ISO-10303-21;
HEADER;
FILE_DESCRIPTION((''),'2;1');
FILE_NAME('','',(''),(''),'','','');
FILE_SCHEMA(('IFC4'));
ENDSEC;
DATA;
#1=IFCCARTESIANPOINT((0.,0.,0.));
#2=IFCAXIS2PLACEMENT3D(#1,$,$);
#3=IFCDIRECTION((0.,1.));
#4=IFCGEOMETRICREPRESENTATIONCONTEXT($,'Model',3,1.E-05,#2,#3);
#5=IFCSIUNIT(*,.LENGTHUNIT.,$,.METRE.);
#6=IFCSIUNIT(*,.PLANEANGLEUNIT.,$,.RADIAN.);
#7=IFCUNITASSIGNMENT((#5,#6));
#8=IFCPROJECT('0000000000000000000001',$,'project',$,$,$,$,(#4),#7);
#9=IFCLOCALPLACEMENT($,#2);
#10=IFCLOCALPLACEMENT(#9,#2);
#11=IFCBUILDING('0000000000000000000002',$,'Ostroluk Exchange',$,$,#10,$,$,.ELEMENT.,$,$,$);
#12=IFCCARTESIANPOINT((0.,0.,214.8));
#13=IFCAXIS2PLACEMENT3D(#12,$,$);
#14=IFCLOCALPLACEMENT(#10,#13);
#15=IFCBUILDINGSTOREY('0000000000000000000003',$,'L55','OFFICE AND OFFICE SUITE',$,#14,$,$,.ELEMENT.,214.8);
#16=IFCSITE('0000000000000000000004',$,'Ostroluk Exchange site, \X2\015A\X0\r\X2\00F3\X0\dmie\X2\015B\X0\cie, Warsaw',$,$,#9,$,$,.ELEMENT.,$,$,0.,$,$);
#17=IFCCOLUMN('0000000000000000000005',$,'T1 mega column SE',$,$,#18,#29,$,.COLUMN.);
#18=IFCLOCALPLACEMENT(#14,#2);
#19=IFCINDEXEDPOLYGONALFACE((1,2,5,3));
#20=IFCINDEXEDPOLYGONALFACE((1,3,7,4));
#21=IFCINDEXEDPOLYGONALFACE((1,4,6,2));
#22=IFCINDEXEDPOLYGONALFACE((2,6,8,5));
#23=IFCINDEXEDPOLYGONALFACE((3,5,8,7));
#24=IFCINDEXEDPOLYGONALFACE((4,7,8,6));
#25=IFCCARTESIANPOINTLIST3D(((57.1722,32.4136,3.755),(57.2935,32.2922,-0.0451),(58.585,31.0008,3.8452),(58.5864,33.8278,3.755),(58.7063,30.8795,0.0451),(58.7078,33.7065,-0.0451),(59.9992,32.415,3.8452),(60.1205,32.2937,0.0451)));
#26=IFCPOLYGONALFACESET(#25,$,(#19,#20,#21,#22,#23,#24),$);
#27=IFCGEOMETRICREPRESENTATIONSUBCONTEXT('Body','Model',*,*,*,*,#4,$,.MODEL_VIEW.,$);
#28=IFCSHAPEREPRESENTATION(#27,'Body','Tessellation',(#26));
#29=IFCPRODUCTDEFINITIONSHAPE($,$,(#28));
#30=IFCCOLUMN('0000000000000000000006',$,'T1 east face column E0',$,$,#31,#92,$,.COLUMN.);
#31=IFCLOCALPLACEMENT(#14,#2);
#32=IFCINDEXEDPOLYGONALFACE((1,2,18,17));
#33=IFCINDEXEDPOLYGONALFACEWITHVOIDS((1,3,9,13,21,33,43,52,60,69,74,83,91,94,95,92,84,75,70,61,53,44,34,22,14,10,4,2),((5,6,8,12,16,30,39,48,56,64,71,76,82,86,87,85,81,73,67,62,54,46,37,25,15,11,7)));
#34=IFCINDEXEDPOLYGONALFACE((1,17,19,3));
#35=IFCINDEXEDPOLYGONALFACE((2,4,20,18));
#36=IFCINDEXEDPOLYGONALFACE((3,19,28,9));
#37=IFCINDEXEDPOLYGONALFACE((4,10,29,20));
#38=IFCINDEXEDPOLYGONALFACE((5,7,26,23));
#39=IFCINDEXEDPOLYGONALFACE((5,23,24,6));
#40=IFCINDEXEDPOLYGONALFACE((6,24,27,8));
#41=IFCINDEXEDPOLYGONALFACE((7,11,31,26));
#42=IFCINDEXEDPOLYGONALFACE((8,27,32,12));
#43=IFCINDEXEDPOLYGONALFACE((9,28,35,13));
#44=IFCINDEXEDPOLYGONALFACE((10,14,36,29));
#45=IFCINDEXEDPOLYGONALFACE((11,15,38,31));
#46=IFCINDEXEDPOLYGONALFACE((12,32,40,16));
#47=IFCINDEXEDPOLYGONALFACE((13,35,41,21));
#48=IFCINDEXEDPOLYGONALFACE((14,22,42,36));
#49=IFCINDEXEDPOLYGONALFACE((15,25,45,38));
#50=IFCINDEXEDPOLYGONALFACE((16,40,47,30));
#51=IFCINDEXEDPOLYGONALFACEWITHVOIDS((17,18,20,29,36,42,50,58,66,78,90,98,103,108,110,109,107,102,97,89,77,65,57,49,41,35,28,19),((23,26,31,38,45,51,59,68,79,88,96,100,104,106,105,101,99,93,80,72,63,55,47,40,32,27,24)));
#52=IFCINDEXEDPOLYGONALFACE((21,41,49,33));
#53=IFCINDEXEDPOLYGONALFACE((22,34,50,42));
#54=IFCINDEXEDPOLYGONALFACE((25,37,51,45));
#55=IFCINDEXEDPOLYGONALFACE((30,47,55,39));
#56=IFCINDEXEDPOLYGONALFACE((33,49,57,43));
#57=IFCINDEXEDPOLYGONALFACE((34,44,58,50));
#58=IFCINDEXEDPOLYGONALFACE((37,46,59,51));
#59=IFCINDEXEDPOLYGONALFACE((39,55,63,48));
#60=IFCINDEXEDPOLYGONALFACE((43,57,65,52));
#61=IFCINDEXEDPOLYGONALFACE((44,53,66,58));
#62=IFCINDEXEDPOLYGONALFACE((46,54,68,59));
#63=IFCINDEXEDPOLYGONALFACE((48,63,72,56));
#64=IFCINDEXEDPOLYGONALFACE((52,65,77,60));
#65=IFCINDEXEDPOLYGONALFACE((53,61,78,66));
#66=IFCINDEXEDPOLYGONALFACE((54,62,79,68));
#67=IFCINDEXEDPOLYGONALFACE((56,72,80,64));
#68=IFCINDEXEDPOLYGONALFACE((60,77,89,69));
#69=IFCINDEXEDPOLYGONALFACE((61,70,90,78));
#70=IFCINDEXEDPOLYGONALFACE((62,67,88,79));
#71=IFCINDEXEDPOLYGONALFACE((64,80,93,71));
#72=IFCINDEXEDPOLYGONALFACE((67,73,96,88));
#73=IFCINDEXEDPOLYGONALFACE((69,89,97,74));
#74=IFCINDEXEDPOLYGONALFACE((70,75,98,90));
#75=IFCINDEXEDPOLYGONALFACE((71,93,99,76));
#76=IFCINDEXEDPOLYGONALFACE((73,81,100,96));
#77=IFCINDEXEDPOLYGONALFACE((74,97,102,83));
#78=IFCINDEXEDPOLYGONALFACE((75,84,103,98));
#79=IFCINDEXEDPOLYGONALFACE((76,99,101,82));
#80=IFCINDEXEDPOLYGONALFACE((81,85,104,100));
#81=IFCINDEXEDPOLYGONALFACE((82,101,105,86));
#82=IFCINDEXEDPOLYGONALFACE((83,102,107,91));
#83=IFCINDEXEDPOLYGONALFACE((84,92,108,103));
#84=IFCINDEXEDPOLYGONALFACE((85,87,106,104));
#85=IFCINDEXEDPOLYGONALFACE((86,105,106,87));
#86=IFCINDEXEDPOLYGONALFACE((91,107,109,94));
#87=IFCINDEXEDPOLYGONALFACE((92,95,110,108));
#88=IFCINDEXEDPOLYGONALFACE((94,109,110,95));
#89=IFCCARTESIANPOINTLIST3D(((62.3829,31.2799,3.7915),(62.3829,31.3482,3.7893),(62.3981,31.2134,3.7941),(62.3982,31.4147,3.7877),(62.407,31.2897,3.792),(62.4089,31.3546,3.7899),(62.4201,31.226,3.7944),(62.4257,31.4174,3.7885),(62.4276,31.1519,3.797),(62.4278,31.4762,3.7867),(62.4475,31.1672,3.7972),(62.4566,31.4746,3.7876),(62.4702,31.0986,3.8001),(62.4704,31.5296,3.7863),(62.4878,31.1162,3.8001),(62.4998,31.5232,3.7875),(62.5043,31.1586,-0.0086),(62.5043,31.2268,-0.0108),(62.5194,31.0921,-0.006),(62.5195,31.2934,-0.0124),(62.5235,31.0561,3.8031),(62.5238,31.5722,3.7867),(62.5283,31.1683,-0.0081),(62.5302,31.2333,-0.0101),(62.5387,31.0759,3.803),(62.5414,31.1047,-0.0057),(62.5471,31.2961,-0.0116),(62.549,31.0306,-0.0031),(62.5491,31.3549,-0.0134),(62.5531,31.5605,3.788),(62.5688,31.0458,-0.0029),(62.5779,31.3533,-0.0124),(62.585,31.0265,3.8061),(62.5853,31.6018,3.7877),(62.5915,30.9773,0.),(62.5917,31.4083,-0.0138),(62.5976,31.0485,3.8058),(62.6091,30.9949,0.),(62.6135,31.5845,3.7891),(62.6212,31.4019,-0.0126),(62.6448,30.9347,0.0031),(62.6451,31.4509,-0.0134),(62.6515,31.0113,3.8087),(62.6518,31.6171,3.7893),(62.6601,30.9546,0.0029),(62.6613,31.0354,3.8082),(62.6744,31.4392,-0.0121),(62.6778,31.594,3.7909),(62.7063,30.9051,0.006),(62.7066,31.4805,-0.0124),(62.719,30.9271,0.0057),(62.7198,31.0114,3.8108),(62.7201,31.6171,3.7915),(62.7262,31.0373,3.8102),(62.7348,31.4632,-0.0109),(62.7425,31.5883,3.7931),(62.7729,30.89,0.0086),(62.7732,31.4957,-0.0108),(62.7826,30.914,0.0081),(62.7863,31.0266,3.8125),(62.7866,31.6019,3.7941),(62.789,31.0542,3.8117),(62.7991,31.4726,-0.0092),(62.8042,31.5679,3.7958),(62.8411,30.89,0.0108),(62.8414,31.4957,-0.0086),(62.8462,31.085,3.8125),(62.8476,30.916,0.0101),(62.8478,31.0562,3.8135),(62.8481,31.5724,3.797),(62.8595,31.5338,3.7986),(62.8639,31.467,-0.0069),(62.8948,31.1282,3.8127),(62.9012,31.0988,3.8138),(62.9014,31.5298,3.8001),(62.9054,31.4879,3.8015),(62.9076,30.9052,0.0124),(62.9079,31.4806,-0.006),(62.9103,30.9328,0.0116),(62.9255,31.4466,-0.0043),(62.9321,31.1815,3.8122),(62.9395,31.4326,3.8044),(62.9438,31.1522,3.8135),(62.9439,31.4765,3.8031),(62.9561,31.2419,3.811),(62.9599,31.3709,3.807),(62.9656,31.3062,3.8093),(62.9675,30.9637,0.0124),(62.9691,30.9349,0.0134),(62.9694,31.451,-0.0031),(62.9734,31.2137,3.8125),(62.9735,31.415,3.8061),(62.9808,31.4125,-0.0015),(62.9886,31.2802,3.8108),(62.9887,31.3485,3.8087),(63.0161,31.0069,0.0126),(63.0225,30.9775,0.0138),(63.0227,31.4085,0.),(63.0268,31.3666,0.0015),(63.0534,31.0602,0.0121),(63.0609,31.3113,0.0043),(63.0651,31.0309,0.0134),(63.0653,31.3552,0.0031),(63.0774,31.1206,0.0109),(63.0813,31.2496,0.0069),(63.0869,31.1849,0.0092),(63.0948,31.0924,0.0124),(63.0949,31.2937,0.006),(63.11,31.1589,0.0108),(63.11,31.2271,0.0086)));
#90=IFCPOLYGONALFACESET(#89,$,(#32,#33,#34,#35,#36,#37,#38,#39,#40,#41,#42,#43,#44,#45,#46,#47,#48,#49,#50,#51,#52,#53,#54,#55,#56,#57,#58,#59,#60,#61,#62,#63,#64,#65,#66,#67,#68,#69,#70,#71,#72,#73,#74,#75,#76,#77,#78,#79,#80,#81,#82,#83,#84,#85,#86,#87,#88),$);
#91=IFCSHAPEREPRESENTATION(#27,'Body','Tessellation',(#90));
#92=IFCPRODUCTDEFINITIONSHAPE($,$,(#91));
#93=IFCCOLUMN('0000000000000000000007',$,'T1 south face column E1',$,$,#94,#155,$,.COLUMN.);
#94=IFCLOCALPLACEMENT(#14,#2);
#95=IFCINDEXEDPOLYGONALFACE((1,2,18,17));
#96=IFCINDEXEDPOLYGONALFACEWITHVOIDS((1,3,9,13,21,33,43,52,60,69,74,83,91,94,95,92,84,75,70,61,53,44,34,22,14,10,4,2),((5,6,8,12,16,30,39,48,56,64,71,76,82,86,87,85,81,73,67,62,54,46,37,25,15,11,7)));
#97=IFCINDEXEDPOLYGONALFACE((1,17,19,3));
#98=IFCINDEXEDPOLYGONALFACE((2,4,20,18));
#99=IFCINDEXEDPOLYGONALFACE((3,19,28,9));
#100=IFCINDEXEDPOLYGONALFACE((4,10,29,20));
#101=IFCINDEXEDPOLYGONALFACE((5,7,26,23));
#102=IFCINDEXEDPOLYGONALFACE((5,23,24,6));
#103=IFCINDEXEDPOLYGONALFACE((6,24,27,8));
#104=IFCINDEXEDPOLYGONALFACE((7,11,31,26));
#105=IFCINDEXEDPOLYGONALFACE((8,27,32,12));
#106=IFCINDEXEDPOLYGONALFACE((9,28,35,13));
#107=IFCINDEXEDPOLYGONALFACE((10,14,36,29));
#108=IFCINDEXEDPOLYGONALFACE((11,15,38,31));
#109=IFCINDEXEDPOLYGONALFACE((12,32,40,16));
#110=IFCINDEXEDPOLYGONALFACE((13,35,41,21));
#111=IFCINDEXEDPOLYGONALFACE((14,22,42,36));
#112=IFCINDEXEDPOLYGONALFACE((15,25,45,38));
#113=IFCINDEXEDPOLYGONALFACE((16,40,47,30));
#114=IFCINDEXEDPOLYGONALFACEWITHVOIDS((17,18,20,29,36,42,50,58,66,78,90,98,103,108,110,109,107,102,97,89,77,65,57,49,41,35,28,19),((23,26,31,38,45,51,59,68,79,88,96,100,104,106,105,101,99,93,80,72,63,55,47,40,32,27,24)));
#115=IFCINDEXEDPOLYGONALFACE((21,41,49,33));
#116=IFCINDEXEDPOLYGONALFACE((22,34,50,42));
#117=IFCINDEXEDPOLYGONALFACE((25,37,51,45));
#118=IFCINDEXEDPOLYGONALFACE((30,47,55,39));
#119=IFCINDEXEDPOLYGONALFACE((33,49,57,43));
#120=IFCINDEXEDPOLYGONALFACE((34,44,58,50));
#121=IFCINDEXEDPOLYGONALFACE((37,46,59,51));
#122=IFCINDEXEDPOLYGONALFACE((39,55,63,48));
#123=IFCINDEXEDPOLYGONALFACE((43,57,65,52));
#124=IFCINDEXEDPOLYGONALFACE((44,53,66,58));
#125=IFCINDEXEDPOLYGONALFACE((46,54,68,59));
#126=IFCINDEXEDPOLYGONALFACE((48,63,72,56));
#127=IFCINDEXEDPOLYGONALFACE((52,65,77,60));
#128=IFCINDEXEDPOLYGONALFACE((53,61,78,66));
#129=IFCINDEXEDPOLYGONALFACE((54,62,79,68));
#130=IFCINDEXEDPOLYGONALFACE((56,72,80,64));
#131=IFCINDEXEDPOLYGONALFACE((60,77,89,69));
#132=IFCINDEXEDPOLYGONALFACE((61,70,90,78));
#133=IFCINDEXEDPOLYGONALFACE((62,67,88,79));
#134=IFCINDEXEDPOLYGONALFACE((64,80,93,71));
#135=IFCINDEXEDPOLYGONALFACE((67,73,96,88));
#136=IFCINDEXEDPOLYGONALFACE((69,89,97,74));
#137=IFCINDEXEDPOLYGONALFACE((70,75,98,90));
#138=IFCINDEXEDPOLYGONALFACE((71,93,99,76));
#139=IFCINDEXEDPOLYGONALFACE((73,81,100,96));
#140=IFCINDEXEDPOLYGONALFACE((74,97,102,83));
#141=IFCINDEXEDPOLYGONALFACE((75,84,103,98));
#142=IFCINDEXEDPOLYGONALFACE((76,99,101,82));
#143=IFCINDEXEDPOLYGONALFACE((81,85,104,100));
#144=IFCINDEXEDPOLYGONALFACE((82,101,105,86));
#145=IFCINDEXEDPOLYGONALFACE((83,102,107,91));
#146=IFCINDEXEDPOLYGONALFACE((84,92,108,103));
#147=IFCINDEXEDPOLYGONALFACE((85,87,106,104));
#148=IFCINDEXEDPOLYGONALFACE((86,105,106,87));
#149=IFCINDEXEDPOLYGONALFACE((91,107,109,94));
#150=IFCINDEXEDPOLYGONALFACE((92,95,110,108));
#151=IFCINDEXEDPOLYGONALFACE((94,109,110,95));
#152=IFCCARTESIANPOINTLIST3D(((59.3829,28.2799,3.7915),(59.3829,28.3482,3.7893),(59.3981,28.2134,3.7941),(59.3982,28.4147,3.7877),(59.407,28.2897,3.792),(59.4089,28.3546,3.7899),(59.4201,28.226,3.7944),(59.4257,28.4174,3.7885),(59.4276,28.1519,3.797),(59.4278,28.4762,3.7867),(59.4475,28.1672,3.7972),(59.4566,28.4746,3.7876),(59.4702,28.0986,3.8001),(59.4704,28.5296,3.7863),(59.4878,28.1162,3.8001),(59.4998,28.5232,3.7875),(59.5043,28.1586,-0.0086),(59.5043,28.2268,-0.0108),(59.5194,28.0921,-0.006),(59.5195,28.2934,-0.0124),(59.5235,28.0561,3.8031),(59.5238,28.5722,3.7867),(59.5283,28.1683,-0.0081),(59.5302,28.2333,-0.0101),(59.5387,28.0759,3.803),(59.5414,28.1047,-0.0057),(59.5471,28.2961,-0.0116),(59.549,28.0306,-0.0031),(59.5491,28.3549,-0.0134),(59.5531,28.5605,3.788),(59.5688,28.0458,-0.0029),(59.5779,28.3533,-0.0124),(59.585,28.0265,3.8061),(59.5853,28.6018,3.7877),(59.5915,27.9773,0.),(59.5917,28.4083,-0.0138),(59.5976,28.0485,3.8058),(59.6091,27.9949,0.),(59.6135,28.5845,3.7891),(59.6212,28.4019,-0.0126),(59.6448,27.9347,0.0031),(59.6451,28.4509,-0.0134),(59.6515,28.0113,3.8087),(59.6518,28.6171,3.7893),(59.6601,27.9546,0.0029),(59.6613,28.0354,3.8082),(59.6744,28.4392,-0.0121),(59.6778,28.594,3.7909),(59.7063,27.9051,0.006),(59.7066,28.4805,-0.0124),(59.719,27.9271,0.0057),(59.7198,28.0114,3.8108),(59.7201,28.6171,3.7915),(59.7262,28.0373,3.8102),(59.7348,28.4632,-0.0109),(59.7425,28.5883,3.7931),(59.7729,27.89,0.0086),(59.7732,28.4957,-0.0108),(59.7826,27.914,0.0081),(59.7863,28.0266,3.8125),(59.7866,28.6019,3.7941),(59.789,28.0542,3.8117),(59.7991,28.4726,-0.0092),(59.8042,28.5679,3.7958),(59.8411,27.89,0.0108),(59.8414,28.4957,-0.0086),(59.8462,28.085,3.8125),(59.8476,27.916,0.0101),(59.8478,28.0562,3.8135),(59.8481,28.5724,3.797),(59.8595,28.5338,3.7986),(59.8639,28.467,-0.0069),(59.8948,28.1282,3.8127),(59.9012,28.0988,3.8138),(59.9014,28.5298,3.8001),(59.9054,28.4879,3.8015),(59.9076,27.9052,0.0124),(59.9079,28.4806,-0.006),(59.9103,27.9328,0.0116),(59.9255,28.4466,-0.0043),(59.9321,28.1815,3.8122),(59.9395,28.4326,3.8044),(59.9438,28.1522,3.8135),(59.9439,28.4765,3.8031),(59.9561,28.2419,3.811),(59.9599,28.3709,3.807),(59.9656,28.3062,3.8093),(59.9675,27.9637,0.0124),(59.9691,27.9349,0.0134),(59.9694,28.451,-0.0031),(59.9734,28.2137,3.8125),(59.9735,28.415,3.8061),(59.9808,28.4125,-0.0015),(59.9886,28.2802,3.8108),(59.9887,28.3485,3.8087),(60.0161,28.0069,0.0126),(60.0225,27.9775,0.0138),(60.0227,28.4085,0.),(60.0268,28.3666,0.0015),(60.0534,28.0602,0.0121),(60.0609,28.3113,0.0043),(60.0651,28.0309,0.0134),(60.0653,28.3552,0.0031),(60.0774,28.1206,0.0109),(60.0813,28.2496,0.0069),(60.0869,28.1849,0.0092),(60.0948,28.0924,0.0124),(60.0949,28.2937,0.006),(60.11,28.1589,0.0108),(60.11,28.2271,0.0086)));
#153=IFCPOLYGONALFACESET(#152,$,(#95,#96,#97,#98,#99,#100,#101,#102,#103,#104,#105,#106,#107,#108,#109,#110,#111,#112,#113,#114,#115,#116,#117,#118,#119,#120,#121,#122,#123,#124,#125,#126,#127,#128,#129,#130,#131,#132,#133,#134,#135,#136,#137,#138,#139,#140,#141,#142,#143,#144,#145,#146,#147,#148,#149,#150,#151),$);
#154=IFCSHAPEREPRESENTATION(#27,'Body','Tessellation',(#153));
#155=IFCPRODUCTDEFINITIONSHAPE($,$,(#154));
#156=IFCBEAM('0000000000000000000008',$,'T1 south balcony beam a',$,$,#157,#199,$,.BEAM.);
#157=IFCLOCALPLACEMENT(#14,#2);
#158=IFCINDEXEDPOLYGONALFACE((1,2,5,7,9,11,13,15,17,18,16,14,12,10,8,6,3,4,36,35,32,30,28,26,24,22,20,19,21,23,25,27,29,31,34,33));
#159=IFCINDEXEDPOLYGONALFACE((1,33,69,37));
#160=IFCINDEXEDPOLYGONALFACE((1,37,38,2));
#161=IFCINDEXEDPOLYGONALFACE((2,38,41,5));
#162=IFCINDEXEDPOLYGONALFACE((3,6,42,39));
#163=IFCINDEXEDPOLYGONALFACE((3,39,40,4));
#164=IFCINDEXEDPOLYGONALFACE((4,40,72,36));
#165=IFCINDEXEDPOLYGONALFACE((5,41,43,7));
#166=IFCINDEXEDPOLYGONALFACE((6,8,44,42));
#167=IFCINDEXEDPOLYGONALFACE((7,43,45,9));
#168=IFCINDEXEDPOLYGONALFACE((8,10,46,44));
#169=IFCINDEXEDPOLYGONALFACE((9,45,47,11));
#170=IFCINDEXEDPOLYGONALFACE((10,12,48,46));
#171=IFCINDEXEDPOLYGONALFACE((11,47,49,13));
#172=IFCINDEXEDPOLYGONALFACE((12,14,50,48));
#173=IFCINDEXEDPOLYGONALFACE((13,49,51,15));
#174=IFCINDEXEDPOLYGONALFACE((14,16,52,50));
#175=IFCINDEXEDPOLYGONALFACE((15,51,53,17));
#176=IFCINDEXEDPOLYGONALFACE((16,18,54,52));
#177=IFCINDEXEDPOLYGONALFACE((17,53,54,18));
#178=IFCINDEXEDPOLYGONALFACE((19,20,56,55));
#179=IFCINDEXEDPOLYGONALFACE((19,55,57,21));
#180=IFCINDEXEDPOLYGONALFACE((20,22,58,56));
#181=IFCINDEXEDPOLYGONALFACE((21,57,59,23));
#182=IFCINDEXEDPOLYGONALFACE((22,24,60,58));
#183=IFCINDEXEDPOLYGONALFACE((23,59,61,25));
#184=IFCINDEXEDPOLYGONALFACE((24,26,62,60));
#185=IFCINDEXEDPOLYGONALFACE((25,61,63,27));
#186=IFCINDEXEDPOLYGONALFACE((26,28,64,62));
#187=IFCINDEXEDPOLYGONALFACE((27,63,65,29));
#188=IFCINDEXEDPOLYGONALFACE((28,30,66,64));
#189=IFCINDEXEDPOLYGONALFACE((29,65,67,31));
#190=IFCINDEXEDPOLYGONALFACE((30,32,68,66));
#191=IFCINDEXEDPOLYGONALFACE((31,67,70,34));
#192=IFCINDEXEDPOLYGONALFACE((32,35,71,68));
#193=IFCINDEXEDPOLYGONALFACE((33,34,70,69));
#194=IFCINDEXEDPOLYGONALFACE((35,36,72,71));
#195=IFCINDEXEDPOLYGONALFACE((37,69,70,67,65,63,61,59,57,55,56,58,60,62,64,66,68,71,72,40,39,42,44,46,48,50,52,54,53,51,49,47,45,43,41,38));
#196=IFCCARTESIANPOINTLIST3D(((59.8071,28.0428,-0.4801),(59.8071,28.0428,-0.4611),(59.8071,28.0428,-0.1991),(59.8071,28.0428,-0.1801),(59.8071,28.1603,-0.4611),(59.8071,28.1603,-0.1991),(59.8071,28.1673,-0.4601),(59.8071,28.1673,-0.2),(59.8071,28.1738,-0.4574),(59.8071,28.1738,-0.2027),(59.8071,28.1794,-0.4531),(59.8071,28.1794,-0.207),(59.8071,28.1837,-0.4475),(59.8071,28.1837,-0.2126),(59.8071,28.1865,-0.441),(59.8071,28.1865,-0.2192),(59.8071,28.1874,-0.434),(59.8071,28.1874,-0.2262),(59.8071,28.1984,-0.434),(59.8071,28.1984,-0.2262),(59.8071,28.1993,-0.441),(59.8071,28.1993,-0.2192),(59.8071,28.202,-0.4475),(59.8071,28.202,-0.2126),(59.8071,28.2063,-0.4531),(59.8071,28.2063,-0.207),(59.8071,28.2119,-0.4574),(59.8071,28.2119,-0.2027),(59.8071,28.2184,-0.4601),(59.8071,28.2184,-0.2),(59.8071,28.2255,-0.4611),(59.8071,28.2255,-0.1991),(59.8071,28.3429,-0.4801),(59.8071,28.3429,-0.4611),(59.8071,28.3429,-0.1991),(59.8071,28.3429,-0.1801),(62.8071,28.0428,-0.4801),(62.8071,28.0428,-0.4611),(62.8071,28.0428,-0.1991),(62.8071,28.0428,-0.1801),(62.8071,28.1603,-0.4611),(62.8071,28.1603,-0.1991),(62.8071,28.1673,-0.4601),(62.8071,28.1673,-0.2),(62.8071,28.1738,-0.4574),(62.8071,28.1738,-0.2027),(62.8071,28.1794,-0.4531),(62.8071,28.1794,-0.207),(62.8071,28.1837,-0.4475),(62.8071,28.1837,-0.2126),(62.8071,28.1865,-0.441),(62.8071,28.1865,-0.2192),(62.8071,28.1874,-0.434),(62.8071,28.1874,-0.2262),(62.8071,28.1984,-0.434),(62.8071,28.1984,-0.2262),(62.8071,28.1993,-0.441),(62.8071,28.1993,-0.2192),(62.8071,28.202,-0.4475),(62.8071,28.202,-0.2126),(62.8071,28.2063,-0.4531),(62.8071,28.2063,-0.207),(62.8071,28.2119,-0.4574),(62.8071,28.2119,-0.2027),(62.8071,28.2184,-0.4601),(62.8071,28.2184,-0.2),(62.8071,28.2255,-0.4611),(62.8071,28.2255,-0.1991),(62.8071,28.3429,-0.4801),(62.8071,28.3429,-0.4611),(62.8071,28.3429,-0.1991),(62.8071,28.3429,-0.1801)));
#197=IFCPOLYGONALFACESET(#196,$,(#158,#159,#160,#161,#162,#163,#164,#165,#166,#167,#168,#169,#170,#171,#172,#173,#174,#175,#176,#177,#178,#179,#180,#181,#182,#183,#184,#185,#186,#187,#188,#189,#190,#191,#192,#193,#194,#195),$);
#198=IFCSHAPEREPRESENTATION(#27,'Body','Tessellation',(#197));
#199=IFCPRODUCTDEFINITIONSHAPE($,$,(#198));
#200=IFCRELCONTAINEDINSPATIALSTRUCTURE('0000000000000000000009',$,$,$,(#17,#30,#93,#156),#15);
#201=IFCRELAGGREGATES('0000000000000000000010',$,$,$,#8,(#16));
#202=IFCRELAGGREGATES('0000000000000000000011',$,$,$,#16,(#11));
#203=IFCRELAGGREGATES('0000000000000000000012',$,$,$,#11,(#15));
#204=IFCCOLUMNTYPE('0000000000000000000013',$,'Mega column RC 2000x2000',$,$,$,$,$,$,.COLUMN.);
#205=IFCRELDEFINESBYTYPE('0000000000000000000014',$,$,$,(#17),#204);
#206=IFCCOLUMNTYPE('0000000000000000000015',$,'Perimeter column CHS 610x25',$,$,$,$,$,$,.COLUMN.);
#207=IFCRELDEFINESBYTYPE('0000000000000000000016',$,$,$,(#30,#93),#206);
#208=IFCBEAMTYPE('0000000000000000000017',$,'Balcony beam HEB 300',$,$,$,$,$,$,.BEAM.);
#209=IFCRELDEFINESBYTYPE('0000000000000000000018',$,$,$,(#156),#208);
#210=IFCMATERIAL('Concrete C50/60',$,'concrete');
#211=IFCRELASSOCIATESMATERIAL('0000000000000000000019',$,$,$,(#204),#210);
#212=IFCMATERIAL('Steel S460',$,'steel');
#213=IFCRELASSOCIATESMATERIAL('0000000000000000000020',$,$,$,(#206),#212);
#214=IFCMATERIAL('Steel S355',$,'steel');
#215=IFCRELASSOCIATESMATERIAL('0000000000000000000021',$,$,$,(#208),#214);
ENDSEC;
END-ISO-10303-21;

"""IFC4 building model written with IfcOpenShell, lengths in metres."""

from ifc_helpers import new_model, si_unit, direction, frame, origin, origin_2d, place, context, subcontext, project, spatial, rectangle, hollow_circle, i_section, extrude, material, material_profile, profile_set, type_object, element, save


model = new_model("IFC4")

# Units and contexts
model_context = context("Model", 3, precision=1e-05, world=origin(), true_north=direction((0.0, 1.0)))
body_context = subcontext(model_context, "Body", "Model", "MODEL_VIEW")
ifc_project = project(units=[si_unit("LENGTHUNIT", "METRE"), si_unit("PLANEANGLEUNIT", "RADIAN")], contexts=[model_context])

# Site, building, storey
site_placement = place(None, origin())
site = spatial("IfcSite", under=ifc_project, at=site_placement, Name="Ostroluk Exchange site, Śródmieście, Warsaw", CompositionType="ELEMENT", RefElevation=0.0)
building_placement = place(site_placement, origin())
building = spatial("IfcBuilding", under=site, at=building_placement, Name="Ostroluk Exchange", CompositionType="ELEMENT")
storey_placement = place(building_placement, frame((0.0, 0.0, 214.8)))
storey = spatial("IfcBuildingStorey", under=building, at=storey_placement, Name="L55", Description="OFFICE AND OFFICE SUITE", CompositionType="ELEMENT", Elevation=214.8)

# Columns
ifc_material_1 = material(Name="Concrete C50/60", Category="concrete")
ifc_material_profile_1 = material_profile(ifc_material_1, rectangle(XDim=2.0, YDim=2.0, at=origin_2d()), Name="RC 2000x2000")
ifc_profile_set_1 = profile_set([ifc_material_profile_1], Name="Concrete C50/60")
column_type_1 = type_object("IfcColumnType", Name="Mega column RC 2000x2000", PredefinedType="COLUMN", material=ifc_profile_set_1)
column_placement = place(storey_placement, frame((58.707, 32.293, 0.0), z_axis=(-0.031898, 0.031898, 0.998982), x_axis=(-0.707107, -0.707107, 0.0)))
element("IfcColumn", 1, at=column_placement, inside=storey, type_object=column_type_1, Name="T1 mega column SE", PredefinedType="COLUMN", context=body_context, shape_type="SweptSolid", body=[
    extrude(rectangle(XDim=2.0, YDim=2.0, at=origin_2d()), origin(), (0.0, 0.0, 1.0), 3.804),
])
ifc_material_2 = material(Name="Steel S460", Category="steel")
ifc_material_profile_2 = material_profile(ifc_material_2, hollow_circle(Radius=0.3049, WallThickness=0.0249, at=origin_2d()), Name="CHS 610x25")
ifc_profile_set_2 = profile_set([ifc_material_profile_2], Name="Steel S460")
column_type_2 = type_object("IfcColumnType", Name="Perimeter column CHS 610x25", PredefinedType="COLUMN", material=ifc_profile_set_2)
for number, where, z_axis, x_axis, name in (
    (2, (62.8071, 31.1929, 0.0), (-0.031898, 0.031898, 0.998982), (-0.707107, -0.707107, 0.0), "T1 east face column E0"),
    (3, (59.8071, 28.1929, 0.0), (-0.031898, 0.031898, 0.998982), (-0.707107, -0.707107, 0.0), "T1 south face column E1"),
):
    element("IfcColumn", number, at=place(storey_placement, frame(where, z_axis=z_axis, x_axis=x_axis)), inside=storey, type_object=column_type_2, Name=name, PredefinedType="COLUMN", context=body_context, shape_type="SweptSolid", body=[
        extrude(hollow_circle(Radius=0.3049, WallThickness=0.0249, at=origin_2d()), origin(), (0.0, 0.0, 1.0), 3.804),
    ])

# Beam
ifc_material_3 = material(Name="Steel S355", Category="steel")
ifc_material_profile_3 = material_profile(ifc_material_3, i_section(OverallWidth=0.3, OverallDepth=0.3, WebThickness=0.011, FlangeThickness=0.019, FilletRadius=0.0271, at=origin_2d()), Name="HEB 300")
ifc_profile_set_3 = profile_set([ifc_material_profile_3], Name="Steel S355")
beam_type_1 = type_object("IfcBeamType", Name="Balcony beam HEB 300", PredefinedType="BEAM", material=ifc_profile_set_3)
for number, where, z_axis, x_axis, name in (
    (4, (59.8071, 28.1929, -0.3301), (1.0, 0.0, 0.0), (0.0, 1.0, 0.0), "T1 south balcony beam a"),
):
    element("IfcBeam", number, at=place(storey_placement, frame(where, z_axis=z_axis, x_axis=x_axis)), inside=storey, type_object=beam_type_1, Name=name, PredefinedType="BEAM", context=body_context, shape_type="SweptSolid", body=[
        extrude(i_section(OverallWidth=0.3, OverallDepth=0.3, WebThickness=0.011, FlangeThickness=0.019, FilletRadius=0.0271, at=origin_2d()), origin(), (0.0, 0.0, 1.0), 3.0),
    ])

save(model, "model.ifc")
